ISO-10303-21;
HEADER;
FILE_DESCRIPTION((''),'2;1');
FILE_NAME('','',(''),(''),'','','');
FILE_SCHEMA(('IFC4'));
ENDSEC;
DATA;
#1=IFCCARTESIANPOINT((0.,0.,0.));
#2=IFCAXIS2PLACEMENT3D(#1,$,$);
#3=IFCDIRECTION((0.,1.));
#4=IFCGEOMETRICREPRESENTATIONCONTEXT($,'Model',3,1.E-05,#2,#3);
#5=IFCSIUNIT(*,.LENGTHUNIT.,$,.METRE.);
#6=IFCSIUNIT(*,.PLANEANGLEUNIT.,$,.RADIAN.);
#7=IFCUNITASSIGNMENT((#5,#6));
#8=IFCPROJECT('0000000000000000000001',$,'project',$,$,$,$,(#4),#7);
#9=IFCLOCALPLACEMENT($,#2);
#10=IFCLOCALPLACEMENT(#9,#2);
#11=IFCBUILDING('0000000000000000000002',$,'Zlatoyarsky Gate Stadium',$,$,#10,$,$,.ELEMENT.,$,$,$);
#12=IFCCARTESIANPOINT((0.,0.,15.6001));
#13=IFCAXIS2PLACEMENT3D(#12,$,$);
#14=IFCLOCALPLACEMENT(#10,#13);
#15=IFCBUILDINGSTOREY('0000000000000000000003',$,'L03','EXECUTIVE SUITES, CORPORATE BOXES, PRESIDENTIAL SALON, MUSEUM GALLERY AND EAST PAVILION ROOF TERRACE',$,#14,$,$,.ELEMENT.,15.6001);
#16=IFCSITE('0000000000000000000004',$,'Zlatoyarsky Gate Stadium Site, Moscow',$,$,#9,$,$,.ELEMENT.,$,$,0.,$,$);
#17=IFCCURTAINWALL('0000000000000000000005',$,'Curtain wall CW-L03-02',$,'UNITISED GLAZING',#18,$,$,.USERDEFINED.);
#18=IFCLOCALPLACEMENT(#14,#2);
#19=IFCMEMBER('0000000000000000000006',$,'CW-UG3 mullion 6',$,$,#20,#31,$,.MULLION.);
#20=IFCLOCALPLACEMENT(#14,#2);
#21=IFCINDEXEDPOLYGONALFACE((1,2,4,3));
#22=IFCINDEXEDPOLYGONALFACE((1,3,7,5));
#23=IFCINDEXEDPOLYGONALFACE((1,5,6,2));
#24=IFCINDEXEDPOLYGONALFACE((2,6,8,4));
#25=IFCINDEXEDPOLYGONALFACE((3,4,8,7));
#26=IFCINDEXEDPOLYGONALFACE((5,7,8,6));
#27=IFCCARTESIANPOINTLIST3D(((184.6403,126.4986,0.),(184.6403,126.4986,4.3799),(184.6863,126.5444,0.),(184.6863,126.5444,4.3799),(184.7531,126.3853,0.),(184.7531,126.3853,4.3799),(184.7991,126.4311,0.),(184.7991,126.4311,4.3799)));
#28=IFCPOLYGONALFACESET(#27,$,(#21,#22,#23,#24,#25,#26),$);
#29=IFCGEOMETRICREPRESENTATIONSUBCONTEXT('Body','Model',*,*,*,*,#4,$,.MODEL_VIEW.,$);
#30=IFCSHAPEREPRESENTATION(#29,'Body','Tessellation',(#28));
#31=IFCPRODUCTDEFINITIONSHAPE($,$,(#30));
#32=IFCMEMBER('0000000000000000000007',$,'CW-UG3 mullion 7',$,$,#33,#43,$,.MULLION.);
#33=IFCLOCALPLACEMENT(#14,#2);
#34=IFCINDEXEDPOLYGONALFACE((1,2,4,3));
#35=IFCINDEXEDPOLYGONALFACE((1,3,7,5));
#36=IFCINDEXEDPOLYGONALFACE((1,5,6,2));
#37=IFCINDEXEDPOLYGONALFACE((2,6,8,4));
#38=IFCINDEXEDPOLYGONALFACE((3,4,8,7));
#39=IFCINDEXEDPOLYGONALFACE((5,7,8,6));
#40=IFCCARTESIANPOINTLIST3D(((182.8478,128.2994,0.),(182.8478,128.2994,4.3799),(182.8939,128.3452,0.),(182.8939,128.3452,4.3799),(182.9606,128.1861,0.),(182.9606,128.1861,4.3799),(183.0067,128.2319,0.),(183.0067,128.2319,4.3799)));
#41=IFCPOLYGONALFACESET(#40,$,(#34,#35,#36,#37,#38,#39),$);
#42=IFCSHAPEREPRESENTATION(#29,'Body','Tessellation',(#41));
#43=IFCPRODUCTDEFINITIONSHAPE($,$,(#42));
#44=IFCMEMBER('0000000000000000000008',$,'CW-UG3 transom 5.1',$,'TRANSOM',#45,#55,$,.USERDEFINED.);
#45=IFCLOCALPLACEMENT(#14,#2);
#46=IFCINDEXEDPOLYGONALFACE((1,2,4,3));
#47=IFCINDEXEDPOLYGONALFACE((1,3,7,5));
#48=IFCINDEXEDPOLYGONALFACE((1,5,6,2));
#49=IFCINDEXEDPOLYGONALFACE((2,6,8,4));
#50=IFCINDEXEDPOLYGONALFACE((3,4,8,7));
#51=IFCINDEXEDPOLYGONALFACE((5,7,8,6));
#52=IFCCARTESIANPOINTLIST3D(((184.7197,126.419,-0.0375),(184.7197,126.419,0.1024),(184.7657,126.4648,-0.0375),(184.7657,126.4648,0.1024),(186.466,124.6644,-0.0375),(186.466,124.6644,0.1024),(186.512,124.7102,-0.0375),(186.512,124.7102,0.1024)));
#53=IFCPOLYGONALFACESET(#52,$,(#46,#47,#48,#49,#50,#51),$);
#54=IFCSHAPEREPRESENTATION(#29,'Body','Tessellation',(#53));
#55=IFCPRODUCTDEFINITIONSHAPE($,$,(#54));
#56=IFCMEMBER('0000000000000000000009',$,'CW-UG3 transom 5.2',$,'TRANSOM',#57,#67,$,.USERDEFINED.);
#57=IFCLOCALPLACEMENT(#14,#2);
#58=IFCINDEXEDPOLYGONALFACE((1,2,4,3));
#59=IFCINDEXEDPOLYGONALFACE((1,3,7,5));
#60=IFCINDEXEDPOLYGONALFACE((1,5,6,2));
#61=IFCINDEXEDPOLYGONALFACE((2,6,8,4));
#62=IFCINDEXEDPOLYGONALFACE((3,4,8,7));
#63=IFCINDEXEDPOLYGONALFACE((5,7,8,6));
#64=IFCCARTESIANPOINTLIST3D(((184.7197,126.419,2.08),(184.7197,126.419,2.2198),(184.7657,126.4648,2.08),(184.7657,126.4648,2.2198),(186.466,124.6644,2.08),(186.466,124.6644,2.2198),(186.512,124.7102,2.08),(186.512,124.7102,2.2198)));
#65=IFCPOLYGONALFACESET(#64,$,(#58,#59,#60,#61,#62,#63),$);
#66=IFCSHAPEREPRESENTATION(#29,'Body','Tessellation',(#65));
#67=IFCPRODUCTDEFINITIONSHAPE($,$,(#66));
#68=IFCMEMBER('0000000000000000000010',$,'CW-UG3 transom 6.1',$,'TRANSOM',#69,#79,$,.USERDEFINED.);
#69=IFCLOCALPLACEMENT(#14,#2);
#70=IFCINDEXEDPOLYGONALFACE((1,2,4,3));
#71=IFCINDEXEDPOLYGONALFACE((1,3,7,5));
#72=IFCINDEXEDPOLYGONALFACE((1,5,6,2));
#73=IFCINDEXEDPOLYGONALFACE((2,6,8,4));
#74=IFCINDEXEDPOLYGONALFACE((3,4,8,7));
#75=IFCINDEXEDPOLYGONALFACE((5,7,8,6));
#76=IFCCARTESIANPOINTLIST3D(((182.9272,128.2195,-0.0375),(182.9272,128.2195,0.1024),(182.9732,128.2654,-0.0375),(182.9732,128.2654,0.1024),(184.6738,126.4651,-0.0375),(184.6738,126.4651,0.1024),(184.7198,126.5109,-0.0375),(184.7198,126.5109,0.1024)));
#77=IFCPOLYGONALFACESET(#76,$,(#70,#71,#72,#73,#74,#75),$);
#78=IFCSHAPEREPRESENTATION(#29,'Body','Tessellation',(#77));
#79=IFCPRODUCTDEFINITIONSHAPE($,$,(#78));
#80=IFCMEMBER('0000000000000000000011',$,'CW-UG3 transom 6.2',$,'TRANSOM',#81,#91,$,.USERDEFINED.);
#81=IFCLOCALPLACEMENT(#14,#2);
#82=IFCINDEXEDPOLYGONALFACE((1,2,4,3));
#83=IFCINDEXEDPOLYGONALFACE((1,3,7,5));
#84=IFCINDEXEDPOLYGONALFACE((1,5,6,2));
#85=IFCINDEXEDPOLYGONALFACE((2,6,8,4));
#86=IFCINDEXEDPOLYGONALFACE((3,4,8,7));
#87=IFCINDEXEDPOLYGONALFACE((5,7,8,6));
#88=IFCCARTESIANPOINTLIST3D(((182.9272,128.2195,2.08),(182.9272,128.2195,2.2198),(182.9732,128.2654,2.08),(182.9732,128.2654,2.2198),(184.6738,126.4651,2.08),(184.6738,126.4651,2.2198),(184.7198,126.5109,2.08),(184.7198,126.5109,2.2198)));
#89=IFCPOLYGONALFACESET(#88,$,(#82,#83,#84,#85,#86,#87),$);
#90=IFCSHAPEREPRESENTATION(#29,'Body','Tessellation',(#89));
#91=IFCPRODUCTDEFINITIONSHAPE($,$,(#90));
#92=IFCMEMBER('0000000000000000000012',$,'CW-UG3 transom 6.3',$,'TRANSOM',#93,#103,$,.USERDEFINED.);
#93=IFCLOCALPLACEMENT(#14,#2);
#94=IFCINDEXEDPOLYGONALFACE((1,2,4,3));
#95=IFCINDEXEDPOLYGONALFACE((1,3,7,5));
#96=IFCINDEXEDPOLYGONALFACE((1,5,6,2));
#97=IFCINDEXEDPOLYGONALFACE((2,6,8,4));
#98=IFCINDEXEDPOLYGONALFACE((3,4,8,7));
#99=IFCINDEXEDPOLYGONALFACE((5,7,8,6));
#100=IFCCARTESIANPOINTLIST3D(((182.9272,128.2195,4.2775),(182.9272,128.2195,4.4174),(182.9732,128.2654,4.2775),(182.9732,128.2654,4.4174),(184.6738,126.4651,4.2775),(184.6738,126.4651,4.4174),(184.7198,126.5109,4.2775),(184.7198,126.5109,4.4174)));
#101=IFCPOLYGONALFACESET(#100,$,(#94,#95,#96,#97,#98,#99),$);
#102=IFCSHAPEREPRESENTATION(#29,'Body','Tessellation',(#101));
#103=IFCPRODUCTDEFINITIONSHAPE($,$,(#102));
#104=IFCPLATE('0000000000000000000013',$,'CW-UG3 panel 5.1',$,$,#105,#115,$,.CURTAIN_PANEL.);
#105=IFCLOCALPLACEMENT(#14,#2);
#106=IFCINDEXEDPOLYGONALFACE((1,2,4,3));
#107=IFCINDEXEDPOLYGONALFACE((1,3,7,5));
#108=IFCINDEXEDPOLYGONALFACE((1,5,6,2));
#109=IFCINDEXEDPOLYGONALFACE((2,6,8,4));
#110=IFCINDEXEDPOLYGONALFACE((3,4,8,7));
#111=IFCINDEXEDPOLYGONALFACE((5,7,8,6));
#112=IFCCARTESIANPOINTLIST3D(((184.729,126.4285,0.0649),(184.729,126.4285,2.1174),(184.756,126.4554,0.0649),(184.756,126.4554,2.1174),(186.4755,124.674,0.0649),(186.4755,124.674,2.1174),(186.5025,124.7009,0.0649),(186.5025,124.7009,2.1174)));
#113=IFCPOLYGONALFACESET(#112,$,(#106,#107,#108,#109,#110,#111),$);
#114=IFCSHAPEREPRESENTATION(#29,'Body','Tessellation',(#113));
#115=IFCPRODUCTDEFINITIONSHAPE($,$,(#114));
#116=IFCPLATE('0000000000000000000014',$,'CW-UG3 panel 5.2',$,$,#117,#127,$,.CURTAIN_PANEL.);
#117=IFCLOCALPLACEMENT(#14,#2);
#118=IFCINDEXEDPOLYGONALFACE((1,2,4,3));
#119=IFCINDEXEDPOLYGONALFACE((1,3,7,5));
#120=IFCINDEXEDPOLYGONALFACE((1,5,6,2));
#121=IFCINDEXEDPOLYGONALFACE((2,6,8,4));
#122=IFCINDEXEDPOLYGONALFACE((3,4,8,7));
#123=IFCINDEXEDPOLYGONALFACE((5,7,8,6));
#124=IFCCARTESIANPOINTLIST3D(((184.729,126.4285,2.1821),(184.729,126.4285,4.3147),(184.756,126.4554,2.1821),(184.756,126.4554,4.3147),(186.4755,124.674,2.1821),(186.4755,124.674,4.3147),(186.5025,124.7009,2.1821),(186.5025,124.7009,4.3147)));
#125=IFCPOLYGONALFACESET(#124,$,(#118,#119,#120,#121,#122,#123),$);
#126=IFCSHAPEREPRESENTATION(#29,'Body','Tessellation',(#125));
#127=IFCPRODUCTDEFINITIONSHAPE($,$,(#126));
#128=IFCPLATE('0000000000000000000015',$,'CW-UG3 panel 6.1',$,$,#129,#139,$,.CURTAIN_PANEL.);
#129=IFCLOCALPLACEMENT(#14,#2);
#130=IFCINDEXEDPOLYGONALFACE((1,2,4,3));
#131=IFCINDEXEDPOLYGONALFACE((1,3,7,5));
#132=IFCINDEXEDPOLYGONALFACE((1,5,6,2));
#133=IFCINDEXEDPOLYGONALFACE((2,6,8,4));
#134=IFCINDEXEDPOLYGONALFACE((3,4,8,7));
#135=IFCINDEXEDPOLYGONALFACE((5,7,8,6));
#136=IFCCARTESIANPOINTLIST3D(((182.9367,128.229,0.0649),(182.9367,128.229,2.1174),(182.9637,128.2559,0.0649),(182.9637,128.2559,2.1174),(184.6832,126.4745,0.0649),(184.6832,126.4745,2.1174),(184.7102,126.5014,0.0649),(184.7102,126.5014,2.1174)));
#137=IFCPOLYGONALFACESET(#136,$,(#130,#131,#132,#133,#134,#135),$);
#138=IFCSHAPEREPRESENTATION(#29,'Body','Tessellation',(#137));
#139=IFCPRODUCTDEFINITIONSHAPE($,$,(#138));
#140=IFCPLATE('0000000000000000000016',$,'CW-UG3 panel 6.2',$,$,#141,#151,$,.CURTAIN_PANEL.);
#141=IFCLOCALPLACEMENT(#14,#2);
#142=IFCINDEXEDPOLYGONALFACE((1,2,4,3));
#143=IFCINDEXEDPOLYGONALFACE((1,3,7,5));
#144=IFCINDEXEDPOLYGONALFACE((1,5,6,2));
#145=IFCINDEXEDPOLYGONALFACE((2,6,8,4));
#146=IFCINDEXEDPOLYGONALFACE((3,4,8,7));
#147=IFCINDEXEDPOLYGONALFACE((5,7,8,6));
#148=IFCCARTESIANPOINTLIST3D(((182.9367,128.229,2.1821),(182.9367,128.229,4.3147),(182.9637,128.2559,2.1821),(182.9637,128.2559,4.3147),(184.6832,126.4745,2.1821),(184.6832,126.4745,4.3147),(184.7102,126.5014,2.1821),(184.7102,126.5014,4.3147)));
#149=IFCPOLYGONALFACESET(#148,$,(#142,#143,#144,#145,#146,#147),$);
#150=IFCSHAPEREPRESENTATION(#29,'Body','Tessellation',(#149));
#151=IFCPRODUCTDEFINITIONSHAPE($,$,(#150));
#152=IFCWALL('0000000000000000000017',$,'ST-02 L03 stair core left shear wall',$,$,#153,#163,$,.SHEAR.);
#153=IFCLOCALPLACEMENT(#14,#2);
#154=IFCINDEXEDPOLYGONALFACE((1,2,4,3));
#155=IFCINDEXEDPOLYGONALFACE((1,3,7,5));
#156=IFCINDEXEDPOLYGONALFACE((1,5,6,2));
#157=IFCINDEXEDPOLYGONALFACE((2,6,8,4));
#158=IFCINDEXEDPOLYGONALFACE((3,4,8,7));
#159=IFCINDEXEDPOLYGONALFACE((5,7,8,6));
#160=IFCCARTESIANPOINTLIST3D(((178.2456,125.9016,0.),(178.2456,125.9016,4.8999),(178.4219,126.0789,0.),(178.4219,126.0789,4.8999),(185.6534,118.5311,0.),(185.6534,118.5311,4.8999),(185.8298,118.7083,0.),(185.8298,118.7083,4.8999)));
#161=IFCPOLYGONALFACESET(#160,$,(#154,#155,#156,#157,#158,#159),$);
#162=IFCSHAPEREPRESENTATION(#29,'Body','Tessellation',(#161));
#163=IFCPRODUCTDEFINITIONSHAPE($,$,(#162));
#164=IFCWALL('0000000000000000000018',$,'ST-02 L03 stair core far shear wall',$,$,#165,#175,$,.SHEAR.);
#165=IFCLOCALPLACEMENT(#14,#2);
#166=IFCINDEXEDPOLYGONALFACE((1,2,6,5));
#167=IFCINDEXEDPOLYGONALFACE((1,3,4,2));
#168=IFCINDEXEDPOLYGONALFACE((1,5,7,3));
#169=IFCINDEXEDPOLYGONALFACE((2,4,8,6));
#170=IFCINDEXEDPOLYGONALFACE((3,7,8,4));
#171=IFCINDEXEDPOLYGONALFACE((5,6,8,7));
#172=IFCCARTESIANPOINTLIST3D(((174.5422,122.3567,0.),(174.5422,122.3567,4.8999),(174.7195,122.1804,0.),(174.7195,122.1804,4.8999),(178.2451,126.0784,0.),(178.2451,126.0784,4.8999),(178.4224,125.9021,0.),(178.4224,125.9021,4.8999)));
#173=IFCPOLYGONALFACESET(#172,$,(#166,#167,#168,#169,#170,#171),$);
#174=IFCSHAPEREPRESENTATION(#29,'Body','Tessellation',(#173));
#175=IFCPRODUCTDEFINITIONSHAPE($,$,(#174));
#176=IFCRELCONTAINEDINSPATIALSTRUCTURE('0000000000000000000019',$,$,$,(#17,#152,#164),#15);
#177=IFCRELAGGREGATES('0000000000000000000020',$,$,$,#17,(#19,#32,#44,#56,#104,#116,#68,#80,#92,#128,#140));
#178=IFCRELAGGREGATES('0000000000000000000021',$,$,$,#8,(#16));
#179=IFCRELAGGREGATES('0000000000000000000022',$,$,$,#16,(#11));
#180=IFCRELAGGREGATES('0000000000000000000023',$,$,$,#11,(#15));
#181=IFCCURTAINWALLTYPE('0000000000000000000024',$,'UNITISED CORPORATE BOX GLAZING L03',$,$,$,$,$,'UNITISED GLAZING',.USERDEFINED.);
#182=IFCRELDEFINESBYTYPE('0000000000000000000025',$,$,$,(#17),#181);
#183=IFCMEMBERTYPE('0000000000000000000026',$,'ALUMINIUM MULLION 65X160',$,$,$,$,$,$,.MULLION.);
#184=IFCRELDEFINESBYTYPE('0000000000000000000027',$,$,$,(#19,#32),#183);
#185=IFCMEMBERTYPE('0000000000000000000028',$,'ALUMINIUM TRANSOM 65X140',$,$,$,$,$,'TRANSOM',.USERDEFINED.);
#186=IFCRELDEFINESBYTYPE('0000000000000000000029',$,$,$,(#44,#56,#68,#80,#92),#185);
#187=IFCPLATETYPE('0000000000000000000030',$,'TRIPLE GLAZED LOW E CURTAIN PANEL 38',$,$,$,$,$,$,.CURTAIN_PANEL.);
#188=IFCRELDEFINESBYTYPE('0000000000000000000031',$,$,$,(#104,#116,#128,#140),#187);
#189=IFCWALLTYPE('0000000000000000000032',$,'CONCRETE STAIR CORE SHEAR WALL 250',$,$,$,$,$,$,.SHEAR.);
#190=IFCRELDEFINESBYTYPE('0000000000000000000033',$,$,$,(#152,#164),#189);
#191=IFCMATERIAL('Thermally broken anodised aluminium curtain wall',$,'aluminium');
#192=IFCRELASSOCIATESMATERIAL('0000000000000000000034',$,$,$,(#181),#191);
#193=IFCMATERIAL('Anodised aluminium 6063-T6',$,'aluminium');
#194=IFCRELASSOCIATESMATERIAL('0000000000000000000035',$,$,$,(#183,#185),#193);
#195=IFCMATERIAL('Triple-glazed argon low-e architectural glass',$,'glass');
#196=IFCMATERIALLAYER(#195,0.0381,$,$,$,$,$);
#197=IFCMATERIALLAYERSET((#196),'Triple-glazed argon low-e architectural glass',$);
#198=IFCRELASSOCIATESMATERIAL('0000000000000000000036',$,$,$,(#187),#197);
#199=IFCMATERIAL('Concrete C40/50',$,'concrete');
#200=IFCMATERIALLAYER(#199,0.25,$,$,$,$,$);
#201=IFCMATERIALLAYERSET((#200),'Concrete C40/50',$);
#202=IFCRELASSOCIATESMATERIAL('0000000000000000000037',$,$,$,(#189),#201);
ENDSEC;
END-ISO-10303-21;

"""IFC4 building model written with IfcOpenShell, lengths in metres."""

from ifc_helpers import new_model, si_unit, direction, frame, frame_2d, origin, origin_2d, place, context, subcontext, project, spatial, rectangle, extrude, material, layer, layer_set, material_profile, profile_set, type_object, element, aggregate, save


model = new_model("IFC4")

# Units and contexts
model_context = context("Model", 3, precision=1e-05, world=origin(), true_north=direction((0.0, 1.0)))
body_context = subcontext(model_context, "Body", "Model", "MODEL_VIEW")
ifc_project = project(units=[si_unit("LENGTHUNIT", "METRE"), si_unit("PLANEANGLEUNIT", "RADIAN")], contexts=[model_context])

# Site, building, storey
site_placement = place(None, origin())
site = spatial("IfcSite", under=ifc_project, at=site_placement, Name="Zlatoyarsky Gate Stadium Site, Moscow", CompositionType="ELEMENT", RefElevation=0.0)
building_placement = place(site_placement, origin())
building = spatial("IfcBuilding", under=site, at=building_placement, Name="Zlatoyarsky Gate Stadium", CompositionType="ELEMENT")
storey_placement = place(building_placement, frame((0.0, 0.0, 15.6001)))
storey = spatial("IfcBuildingStorey", under=building, at=storey_placement, Name="L03", Description="EXECUTIVE SUITES, CORPORATE BOXES, PRESIDENTIAL SALON, MUSEUM GALLERY AND EAST PAVILION ROOF TERRACE", CompositionType="ELEMENT", Elevation=15.6001)

# Curtain wall, members, plates
ifc_material_1 = material(Name="Thermally broken anodised aluminium curtain wall", Category="aluminium")
curtain_wall_type = type_object("IfcCurtainWallType", Name="UNITISED CORPORATE BOX GLAZING L03", ElementType="UNITISED GLAZING", PredefinedType="USERDEFINED", material=ifc_material_1)
curtain_wall_placement = place(storey_placement, origin())
curtain_wall = element("IfcCurtainWall", 1, at=curtain_wall_placement, inside=storey, type_object=curtain_wall_type, Name="Curtain wall CW-L03-02", ObjectType="UNITISED GLAZING", PredefinedType="USERDEFINED")
ifc_material_2 = material(Name="Anodised aluminium 6063-T6", Category="aluminium")
ifc_material_profile_1 = material_profile(ifc_material_2, rectangle(XDim=0.0649, YDim=0.1599, at=origin_2d()), Name="ALU 65X160")
ifc_profile_set_1 = profile_set([ifc_material_profile_1], Name="Anodised aluminium 6063-T6")
member_type_1 = type_object("IfcMemberType", Name="ALUMINIUM MULLION 65X160", PredefinedType="MULLION", material=ifc_profile_set_1)
member_1_placement = place(storey_placement, frame((184.7197, 126.4648, 0.0), z_axis=(0.0, 0.0, 1.0), x_axis=(-0.708721, -0.705489, 0.0)))
member_1 = element("IfcMember", 2, at=member_1_placement, type_object=member_type_1, Name="CW-UG3 mullion 6", PredefinedType="MULLION", context=body_context, shape_type="SweptSolid", body=[
    extrude(rectangle(XDim=0.0649, YDim=0.1599, at=origin_2d()), origin(), (0.0, 0.0, 1.0), 4.3799),
])
member_2_placement = place(storey_placement, frame((182.9272, 128.2656, 0.0), z_axis=(0.0, 0.0, 1.0), x_axis=(-0.708721, -0.705489, 0.0)))
member_2 = element("IfcMember", 3, at=member_2_placement, type_object=member_type_1, Name="CW-UG3 mullion 7", PredefinedType="MULLION", context=body_context, shape_type="SweptSolid", body=[
    extrude(rectangle(XDim=0.0649, YDim=0.1599, at=origin_2d()), origin(), (0.0, 0.0, 1.0), 4.3799),
])
ifc_material_profile_2 = material_profile(ifc_material_2, rectangle(XDim=0.0649, YDim=0.1399, at=origin_2d()), Name="ALU 65X140")
ifc_profile_set_2 = profile_set([ifc_material_profile_2], Name="Anodised aluminium 6063-T6")
member_type_2 = type_object("IfcMemberType", Name="ALUMINIUM TRANSOM 65X140", ElementType="TRANSOM", PredefinedType="USERDEFINED", material=ifc_profile_set_2)
member_3_placement = place(storey_placement, frame((186.489, 124.6873, 0.0325), z_axis=(-0.705428, 0.708781, 0.0), x_axis=(-0.708781, -0.705428, 0.0)))
member_3 = element("IfcMember", 4, at=member_3_placement, type_object=member_type_2, Name="CW-UG3 transom 5.1", ObjectType="TRANSOM", PredefinedType="USERDEFINED", context=body_context, shape_type="SweptSolid", body=[
    extrude(rectangle(XDim=0.0649, YDim=0.1399, at=origin_2d()), origin(), (0.0, 0.0, 1.0), 2.4756),
])
member_4_placement = place(storey_placement, frame((186.489, 124.6873, 2.1499), z_axis=(-0.705428, 0.708781, 0.0), x_axis=(-0.708781, -0.705428, 0.0)))
member_4 = element("IfcMember", 5, at=member_4_placement, type_object=member_type_2, Name="CW-UG3 transom 5.2", ObjectType="TRANSOM", PredefinedType="USERDEFINED", context=body_context, shape_type="SweptSolid", body=[
    extrude(rectangle(XDim=0.0649, YDim=0.1399, at=origin_2d()), origin(), (0.0, 0.0, 1.0), 2.4756),
])
member_5_placement = place(storey_placement, frame((184.6968, 126.488, 0.0325), z_axis=(-0.705527, 0.708683, 0.0), x_axis=(-0.708683, -0.705527, 0.0)))
member_5 = element("IfcMember", 6, at=member_5_placement, type_object=member_type_2, Name="CW-UG3 transom 6.1", ObjectType="TRANSOM", PredefinedType="USERDEFINED", context=body_context, shape_type="SweptSolid", body=[
    extrude(rectangle(XDim=0.0649, YDim=0.1399, at=origin_2d()), origin(), (0.0, 0.0, 1.0), 2.4756),
])
member_6_placement = place(storey_placement, frame((184.6968, 126.488, 2.1499), z_axis=(-0.705527, 0.708683, 0.0), x_axis=(-0.708683, -0.705527, 0.0)))
member_6 = element("IfcMember", 7, at=member_6_placement, type_object=member_type_2, Name="CW-UG3 transom 6.2", ObjectType="TRANSOM", PredefinedType="USERDEFINED", context=body_context, shape_type="SweptSolid", body=[
    extrude(rectangle(XDim=0.0649, YDim=0.1399, at=origin_2d()), origin(), (0.0, 0.0, 1.0), 2.4756),
])
member_7_placement = place(storey_placement, frame((184.6968, 126.488, 4.3474), z_axis=(-0.705527, 0.708683, 0.0), x_axis=(-0.708683, -0.705527, 0.0)))
member_7 = element("IfcMember", 8, at=member_7_placement, type_object=member_type_2, Name="CW-UG3 transom 6.3", ObjectType="TRANSOM", PredefinedType="USERDEFINED", context=body_context, shape_type="SweptSolid", body=[
    extrude(rectangle(XDim=0.0649, YDim=0.1399, at=origin_2d()), origin(), (0.0, 0.0, 1.0), 2.4756),
])
ifc_material_3 = material(Name="Triple-glazed argon low-e architectural glass", Category="glass")
ifc_layer_1 = layer(ifc_material_3, 0.0381)
ifc_layer_set_1 = layer_set([ifc_layer_1], Name="Triple-glazed argon low-e architectural glass")
plate_type = type_object("IfcPlateType", Name="TRIPLE GLAZED LOW E CURTAIN PANEL 38", PredefinedType="CURTAIN_PANEL", material=ifc_layer_set_1)
plate_1_placement = place(storey_placement, frame((185.6157, 125.5647, 0.0649), z_axis=(0.0, 0.0, 1.0), x_axis=(-0.705489, 0.708721, 0.0)))
plate_1 = element("IfcPlate", 9, at=plate_1_placement, type_object=plate_type, Name="CW-UG3 panel 5.1", PredefinedType="CURTAIN_PANEL", context=body_context, shape_type="SweptSolid", body=[
    extrude(rectangle(XDim=2.4756, YDim=0.0381, at=origin_2d()), origin(), (0.0, 0.0, 1.0), 2.0525),
])
plate_2_placement = place(storey_placement, frame((185.6157, 125.5647, 2.1821), z_axis=(0.0, 0.0, 1.0), x_axis=(-0.705489, 0.708721, 0.0)))
plate_2 = element("IfcPlate", 10, at=plate_2_placement, type_object=plate_type, Name="CW-UG3 panel 5.2", PredefinedType="CURTAIN_PANEL", context=body_context, shape_type="SweptSolid", body=[
    extrude(rectangle(XDim=2.4756, YDim=0.0381, at=origin_2d()), origin(), (0.0, 0.0, 1.0), 2.1326),
])
plate_3_placement = place(storey_placement, frame((183.8235, 127.3652, 0.0649), z_axis=(0.0, 0.0, 1.0), x_axis=(-0.705489, 0.708721, 0.0)))
plate_3 = element("IfcPlate", 11, at=plate_3_placement, type_object=plate_type, Name="CW-UG3 panel 6.1", PredefinedType="CURTAIN_PANEL", context=body_context, shape_type="SweptSolid", body=[
    extrude(rectangle(XDim=2.4756, YDim=0.0381, at=origin_2d()), origin(), (0.0, 0.0, 1.0), 2.0525),
])
plate_4_placement = place(storey_placement, frame((183.8235, 127.3652, 2.1821), z_axis=(0.0, 0.0, 1.0), x_axis=(-0.705489, 0.708721, 0.0)))
plate_4 = element("IfcPlate", 12, at=plate_4_placement, type_object=plate_type, Name="CW-UG3 panel 6.2", PredefinedType="CURTAIN_PANEL", context=body_context, shape_type="SweptSolid", body=[
    extrude(rectangle(XDim=2.4756, YDim=0.0381, at=origin_2d()), origin(), (0.0, 0.0, 1.0), 2.1326),
])
aggregate(curtain_wall, [member_1, member_2, member_3, member_4, plate_1, plate_2, member_5, member_6, member_7, plate_3, plate_4])

# Walls
ifc_material_4 = material(Name="Concrete C40/50", Category="concrete")
ifc_layer_2 = layer(ifc_material_4, 0.25)
ifc_layer_set_2 = layer_set([ifc_layer_2], Name="Concrete C40/50")
wall_type = type_object("IfcWallType", Name="CONCRETE STAIR CORE SHEAR WALL 250", PredefinedType="SHEAR", material=ifc_layer_set_2)
wall_1_placement = place(storey_placement, frame((185.7417, 118.6196, 0.0), z_axis=(0.0, 0.0, 1.0), x_axis=(-0.708892, 0.705317, 0.0)))
element("IfcWall", 13, at=wall_1_placement, inside=storey, type_object=wall_type, Name="ST-02 L03 stair core left shear wall", PredefinedType="SHEAR", context=body_context, shape_type="SweptSolid", body=[
    extrude(rectangle(XDim=10.45, YDim=0.25, at=frame_2d((5.2251, 0.0))), origin(), (0.0, 0.0, 1.0), 4.8999),
])
wall_2_placement = place(storey_placement, frame((178.3337, 125.9902, 0.0), z_axis=(0.0, 0.0, 1.0), x_axis=(-0.705314, -0.708895, 0.0)))
element("IfcWall", 14, at=wall_2_placement, inside=storey, type_object=wall_type, Name="ST-02 L03 stair core far shear wall", PredefinedType="SHEAR", context=body_context, shape_type="SweptSolid", body=[
    extrude(rectangle(XDim=5.25, YDim=0.25, at=frame_2d((2.625, 0.0))), origin(), (0.0, 0.0, 1.0), 4.8999),
])

save(model, "model.ifc")
